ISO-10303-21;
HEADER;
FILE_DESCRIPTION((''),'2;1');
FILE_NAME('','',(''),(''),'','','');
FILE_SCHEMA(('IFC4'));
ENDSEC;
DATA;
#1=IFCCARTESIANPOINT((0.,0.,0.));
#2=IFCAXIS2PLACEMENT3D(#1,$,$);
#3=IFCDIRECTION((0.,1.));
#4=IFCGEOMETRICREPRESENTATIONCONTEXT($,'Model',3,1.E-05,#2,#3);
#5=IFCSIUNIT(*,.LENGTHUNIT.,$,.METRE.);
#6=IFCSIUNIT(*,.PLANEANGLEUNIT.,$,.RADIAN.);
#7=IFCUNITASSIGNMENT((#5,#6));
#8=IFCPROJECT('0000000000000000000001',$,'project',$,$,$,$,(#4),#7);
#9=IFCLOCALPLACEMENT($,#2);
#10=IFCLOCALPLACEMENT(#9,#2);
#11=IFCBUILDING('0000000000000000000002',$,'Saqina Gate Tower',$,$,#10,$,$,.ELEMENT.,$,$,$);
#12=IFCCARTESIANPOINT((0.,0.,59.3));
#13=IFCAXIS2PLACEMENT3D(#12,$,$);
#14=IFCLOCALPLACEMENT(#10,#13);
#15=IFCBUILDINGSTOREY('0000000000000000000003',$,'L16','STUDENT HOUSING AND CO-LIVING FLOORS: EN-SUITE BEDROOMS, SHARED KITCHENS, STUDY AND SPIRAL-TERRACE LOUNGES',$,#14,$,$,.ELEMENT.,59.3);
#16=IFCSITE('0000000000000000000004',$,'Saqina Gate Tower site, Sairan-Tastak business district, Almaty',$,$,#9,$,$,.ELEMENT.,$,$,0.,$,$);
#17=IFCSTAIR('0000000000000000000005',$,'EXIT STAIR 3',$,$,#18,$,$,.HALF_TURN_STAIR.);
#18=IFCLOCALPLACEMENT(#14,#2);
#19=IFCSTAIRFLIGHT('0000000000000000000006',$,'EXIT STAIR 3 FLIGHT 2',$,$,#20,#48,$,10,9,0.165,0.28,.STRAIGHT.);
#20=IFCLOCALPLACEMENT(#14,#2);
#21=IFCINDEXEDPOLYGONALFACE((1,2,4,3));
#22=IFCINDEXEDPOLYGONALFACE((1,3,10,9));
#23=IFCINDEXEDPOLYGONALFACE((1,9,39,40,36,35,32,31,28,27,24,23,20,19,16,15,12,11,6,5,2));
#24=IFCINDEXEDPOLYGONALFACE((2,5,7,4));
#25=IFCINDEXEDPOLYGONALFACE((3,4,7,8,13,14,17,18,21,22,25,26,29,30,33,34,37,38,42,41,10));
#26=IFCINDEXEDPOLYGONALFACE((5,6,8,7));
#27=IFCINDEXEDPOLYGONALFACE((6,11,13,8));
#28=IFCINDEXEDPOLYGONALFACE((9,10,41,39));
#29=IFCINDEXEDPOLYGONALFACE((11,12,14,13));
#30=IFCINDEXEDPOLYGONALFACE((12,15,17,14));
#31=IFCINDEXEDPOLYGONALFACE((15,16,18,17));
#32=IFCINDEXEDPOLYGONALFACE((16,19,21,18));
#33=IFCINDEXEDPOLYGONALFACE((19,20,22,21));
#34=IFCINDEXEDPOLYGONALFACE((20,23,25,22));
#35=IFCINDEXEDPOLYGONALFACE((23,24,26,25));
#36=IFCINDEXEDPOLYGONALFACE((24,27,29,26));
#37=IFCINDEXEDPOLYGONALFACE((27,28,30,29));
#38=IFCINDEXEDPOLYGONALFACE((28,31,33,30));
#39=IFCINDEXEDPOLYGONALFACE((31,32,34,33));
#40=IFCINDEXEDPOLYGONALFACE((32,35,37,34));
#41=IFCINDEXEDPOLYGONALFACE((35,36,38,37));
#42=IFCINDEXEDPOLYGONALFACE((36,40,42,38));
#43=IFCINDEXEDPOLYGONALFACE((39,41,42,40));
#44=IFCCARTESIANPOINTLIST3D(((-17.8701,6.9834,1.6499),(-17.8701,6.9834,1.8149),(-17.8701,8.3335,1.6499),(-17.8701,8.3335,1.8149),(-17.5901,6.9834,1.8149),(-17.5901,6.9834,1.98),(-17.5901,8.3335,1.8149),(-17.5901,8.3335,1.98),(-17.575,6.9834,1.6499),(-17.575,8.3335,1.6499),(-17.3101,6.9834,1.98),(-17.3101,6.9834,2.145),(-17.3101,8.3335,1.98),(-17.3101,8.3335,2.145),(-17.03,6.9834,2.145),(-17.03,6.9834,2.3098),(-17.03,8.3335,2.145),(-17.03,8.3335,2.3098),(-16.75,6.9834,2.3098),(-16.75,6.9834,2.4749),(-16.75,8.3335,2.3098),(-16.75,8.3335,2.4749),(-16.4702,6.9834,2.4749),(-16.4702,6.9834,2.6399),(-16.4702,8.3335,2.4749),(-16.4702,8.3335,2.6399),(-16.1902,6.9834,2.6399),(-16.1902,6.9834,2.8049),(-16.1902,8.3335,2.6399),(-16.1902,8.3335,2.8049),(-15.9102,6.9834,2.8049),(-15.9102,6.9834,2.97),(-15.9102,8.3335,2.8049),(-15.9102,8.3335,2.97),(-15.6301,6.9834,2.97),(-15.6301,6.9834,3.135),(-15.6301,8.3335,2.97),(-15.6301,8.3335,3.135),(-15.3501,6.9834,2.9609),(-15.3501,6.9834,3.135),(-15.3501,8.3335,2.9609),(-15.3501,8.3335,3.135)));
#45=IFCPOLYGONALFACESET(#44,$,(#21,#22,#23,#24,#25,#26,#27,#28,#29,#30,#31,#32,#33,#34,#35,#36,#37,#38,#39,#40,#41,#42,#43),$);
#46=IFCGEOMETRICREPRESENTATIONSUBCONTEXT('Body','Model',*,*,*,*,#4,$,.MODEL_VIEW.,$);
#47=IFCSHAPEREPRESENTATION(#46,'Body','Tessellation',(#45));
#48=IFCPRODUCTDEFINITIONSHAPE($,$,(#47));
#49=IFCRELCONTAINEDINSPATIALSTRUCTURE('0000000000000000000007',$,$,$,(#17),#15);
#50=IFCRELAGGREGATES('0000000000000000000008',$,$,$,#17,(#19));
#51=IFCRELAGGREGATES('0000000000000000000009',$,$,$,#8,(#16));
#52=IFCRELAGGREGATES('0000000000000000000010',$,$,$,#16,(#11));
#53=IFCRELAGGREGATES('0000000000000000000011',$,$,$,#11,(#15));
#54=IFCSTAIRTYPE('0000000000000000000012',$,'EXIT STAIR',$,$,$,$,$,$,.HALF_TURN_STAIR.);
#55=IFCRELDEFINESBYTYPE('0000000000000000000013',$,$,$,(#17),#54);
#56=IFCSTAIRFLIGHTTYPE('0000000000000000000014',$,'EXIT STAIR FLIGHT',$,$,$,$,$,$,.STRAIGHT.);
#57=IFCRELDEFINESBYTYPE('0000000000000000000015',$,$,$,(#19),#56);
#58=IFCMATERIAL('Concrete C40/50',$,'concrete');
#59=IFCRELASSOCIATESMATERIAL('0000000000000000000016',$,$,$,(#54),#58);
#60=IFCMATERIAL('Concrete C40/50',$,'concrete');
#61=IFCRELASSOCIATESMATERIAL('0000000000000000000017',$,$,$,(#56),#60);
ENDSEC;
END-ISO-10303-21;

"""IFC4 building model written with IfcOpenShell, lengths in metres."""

from ifc_helpers import new_model, si_unit, direction, frame, origin, place, context, subcontext, project, spatial, polyline, outline, extrude, material, type_object, element, aggregate, save


model = new_model("IFC4")

# Units and contexts
model_context = context("Model", 3, precision=1e-05, world=origin(), true_north=direction((0.0, 1.0)))
body_context = subcontext(model_context, "Body", "Model", "MODEL_VIEW")
ifc_project = project(units=[si_unit("LENGTHUNIT", "METRE"), si_unit("PLANEANGLEUNIT", "RADIAN")], contexts=[model_context])

# Site, building, storey
site_placement = place(None, origin())
site = spatial("IfcSite", under=ifc_project, at=site_placement, Name="Saqina Gate Tower site, Sairan-Tastak business district, Almaty", CompositionType="ELEMENT", RefElevation=0.0)
building_placement = place(site_placement, origin())
building = spatial("IfcBuilding", under=site, at=building_placement, Name="Saqina Gate Tower", CompositionType="ELEMENT")
storey_placement = place(building_placement, frame((0.0, 0.0, 59.3)))
storey = spatial("IfcBuildingStorey", under=building, at=storey_placement, Name="L16", Description="STUDENT HOUSING AND CO-LIVING FLOORS: EN-SUITE BEDROOMS, SHARED KITCHENS, STUDY AND SPIRAL-TERRACE LOUNGES", CompositionType="ELEMENT", Elevation=59.3)

# Stair, stair flight
ifc_material_1 = material(Name="Concrete C40/50", Category="concrete")
stair_type = type_object("IfcStairType", Name="EXIT STAIR", PredefinedType="HALF_TURN_STAIR", material=ifc_material_1)
stair_placement = place(storey_placement, origin())
stair = element("IfcStair", 1, at=stair_placement, inside=storey, type_object=stair_type, Name="EXIT STAIR 3", PredefinedType="HALF_TURN_STAIR")
ifc_material_2 = material(Name="Concrete C40/50", Category="concrete")
stair_flight_type = type_object("IfcStairFlightType", Name="EXIT STAIR FLIGHT", PredefinedType="STRAIGHT", material=ifc_material_2)
stair_flight_1_placement = place(storey_placement, frame((-17.8701, 7.6584, 1.6499), z_axis=(0.0, 0.0, 1.0), x_axis=(1.0, 0.0, 0.0)))
stair_flight_1 = element("IfcStairFlight", 2, at=stair_flight_1_placement, type_object=stair_flight_type, Name="EXIT STAIR 3 FLIGHT 2", NumberOfRisers=10, NumberOfTreads=9, PredefinedType="STRAIGHT", RiserHeight=0.165, TreadLength=0.28, context=body_context, shape_type="SweptSolid", body=[
    extrude(outline(polyline([(0.0, 0.0), (0.0, 0.165), (0.28, 0.165), (0.28, 0.3301), (0.5601, 0.3301), (0.5601, 0.4951), (0.8401, 0.4951), (0.8401, 0.6599), (1.1201, 0.6599), (1.1201, 0.825), (1.3999, 0.825), (1.3999, 0.99), (1.6799, 0.99), (1.6799, 1.155), (1.96, 1.155), (1.96, 1.3201), (2.24, 1.3201), (2.24, 1.4851), (2.52, 1.4851), (2.52, 1.6499), (2.52, 1.311), (0.2952, 0.0), (0.0, 0.0)])), frame((0.0, 0.675, 0.0), z_axis=(0.0, -1.0, 0.0), x_axis=(1.0, 0.0, 0.0)), (0.0, 0.0, 1.0), 1.3501),
])
aggregate(stair, [stair_flight_1])

save(model, "model.ifc")
